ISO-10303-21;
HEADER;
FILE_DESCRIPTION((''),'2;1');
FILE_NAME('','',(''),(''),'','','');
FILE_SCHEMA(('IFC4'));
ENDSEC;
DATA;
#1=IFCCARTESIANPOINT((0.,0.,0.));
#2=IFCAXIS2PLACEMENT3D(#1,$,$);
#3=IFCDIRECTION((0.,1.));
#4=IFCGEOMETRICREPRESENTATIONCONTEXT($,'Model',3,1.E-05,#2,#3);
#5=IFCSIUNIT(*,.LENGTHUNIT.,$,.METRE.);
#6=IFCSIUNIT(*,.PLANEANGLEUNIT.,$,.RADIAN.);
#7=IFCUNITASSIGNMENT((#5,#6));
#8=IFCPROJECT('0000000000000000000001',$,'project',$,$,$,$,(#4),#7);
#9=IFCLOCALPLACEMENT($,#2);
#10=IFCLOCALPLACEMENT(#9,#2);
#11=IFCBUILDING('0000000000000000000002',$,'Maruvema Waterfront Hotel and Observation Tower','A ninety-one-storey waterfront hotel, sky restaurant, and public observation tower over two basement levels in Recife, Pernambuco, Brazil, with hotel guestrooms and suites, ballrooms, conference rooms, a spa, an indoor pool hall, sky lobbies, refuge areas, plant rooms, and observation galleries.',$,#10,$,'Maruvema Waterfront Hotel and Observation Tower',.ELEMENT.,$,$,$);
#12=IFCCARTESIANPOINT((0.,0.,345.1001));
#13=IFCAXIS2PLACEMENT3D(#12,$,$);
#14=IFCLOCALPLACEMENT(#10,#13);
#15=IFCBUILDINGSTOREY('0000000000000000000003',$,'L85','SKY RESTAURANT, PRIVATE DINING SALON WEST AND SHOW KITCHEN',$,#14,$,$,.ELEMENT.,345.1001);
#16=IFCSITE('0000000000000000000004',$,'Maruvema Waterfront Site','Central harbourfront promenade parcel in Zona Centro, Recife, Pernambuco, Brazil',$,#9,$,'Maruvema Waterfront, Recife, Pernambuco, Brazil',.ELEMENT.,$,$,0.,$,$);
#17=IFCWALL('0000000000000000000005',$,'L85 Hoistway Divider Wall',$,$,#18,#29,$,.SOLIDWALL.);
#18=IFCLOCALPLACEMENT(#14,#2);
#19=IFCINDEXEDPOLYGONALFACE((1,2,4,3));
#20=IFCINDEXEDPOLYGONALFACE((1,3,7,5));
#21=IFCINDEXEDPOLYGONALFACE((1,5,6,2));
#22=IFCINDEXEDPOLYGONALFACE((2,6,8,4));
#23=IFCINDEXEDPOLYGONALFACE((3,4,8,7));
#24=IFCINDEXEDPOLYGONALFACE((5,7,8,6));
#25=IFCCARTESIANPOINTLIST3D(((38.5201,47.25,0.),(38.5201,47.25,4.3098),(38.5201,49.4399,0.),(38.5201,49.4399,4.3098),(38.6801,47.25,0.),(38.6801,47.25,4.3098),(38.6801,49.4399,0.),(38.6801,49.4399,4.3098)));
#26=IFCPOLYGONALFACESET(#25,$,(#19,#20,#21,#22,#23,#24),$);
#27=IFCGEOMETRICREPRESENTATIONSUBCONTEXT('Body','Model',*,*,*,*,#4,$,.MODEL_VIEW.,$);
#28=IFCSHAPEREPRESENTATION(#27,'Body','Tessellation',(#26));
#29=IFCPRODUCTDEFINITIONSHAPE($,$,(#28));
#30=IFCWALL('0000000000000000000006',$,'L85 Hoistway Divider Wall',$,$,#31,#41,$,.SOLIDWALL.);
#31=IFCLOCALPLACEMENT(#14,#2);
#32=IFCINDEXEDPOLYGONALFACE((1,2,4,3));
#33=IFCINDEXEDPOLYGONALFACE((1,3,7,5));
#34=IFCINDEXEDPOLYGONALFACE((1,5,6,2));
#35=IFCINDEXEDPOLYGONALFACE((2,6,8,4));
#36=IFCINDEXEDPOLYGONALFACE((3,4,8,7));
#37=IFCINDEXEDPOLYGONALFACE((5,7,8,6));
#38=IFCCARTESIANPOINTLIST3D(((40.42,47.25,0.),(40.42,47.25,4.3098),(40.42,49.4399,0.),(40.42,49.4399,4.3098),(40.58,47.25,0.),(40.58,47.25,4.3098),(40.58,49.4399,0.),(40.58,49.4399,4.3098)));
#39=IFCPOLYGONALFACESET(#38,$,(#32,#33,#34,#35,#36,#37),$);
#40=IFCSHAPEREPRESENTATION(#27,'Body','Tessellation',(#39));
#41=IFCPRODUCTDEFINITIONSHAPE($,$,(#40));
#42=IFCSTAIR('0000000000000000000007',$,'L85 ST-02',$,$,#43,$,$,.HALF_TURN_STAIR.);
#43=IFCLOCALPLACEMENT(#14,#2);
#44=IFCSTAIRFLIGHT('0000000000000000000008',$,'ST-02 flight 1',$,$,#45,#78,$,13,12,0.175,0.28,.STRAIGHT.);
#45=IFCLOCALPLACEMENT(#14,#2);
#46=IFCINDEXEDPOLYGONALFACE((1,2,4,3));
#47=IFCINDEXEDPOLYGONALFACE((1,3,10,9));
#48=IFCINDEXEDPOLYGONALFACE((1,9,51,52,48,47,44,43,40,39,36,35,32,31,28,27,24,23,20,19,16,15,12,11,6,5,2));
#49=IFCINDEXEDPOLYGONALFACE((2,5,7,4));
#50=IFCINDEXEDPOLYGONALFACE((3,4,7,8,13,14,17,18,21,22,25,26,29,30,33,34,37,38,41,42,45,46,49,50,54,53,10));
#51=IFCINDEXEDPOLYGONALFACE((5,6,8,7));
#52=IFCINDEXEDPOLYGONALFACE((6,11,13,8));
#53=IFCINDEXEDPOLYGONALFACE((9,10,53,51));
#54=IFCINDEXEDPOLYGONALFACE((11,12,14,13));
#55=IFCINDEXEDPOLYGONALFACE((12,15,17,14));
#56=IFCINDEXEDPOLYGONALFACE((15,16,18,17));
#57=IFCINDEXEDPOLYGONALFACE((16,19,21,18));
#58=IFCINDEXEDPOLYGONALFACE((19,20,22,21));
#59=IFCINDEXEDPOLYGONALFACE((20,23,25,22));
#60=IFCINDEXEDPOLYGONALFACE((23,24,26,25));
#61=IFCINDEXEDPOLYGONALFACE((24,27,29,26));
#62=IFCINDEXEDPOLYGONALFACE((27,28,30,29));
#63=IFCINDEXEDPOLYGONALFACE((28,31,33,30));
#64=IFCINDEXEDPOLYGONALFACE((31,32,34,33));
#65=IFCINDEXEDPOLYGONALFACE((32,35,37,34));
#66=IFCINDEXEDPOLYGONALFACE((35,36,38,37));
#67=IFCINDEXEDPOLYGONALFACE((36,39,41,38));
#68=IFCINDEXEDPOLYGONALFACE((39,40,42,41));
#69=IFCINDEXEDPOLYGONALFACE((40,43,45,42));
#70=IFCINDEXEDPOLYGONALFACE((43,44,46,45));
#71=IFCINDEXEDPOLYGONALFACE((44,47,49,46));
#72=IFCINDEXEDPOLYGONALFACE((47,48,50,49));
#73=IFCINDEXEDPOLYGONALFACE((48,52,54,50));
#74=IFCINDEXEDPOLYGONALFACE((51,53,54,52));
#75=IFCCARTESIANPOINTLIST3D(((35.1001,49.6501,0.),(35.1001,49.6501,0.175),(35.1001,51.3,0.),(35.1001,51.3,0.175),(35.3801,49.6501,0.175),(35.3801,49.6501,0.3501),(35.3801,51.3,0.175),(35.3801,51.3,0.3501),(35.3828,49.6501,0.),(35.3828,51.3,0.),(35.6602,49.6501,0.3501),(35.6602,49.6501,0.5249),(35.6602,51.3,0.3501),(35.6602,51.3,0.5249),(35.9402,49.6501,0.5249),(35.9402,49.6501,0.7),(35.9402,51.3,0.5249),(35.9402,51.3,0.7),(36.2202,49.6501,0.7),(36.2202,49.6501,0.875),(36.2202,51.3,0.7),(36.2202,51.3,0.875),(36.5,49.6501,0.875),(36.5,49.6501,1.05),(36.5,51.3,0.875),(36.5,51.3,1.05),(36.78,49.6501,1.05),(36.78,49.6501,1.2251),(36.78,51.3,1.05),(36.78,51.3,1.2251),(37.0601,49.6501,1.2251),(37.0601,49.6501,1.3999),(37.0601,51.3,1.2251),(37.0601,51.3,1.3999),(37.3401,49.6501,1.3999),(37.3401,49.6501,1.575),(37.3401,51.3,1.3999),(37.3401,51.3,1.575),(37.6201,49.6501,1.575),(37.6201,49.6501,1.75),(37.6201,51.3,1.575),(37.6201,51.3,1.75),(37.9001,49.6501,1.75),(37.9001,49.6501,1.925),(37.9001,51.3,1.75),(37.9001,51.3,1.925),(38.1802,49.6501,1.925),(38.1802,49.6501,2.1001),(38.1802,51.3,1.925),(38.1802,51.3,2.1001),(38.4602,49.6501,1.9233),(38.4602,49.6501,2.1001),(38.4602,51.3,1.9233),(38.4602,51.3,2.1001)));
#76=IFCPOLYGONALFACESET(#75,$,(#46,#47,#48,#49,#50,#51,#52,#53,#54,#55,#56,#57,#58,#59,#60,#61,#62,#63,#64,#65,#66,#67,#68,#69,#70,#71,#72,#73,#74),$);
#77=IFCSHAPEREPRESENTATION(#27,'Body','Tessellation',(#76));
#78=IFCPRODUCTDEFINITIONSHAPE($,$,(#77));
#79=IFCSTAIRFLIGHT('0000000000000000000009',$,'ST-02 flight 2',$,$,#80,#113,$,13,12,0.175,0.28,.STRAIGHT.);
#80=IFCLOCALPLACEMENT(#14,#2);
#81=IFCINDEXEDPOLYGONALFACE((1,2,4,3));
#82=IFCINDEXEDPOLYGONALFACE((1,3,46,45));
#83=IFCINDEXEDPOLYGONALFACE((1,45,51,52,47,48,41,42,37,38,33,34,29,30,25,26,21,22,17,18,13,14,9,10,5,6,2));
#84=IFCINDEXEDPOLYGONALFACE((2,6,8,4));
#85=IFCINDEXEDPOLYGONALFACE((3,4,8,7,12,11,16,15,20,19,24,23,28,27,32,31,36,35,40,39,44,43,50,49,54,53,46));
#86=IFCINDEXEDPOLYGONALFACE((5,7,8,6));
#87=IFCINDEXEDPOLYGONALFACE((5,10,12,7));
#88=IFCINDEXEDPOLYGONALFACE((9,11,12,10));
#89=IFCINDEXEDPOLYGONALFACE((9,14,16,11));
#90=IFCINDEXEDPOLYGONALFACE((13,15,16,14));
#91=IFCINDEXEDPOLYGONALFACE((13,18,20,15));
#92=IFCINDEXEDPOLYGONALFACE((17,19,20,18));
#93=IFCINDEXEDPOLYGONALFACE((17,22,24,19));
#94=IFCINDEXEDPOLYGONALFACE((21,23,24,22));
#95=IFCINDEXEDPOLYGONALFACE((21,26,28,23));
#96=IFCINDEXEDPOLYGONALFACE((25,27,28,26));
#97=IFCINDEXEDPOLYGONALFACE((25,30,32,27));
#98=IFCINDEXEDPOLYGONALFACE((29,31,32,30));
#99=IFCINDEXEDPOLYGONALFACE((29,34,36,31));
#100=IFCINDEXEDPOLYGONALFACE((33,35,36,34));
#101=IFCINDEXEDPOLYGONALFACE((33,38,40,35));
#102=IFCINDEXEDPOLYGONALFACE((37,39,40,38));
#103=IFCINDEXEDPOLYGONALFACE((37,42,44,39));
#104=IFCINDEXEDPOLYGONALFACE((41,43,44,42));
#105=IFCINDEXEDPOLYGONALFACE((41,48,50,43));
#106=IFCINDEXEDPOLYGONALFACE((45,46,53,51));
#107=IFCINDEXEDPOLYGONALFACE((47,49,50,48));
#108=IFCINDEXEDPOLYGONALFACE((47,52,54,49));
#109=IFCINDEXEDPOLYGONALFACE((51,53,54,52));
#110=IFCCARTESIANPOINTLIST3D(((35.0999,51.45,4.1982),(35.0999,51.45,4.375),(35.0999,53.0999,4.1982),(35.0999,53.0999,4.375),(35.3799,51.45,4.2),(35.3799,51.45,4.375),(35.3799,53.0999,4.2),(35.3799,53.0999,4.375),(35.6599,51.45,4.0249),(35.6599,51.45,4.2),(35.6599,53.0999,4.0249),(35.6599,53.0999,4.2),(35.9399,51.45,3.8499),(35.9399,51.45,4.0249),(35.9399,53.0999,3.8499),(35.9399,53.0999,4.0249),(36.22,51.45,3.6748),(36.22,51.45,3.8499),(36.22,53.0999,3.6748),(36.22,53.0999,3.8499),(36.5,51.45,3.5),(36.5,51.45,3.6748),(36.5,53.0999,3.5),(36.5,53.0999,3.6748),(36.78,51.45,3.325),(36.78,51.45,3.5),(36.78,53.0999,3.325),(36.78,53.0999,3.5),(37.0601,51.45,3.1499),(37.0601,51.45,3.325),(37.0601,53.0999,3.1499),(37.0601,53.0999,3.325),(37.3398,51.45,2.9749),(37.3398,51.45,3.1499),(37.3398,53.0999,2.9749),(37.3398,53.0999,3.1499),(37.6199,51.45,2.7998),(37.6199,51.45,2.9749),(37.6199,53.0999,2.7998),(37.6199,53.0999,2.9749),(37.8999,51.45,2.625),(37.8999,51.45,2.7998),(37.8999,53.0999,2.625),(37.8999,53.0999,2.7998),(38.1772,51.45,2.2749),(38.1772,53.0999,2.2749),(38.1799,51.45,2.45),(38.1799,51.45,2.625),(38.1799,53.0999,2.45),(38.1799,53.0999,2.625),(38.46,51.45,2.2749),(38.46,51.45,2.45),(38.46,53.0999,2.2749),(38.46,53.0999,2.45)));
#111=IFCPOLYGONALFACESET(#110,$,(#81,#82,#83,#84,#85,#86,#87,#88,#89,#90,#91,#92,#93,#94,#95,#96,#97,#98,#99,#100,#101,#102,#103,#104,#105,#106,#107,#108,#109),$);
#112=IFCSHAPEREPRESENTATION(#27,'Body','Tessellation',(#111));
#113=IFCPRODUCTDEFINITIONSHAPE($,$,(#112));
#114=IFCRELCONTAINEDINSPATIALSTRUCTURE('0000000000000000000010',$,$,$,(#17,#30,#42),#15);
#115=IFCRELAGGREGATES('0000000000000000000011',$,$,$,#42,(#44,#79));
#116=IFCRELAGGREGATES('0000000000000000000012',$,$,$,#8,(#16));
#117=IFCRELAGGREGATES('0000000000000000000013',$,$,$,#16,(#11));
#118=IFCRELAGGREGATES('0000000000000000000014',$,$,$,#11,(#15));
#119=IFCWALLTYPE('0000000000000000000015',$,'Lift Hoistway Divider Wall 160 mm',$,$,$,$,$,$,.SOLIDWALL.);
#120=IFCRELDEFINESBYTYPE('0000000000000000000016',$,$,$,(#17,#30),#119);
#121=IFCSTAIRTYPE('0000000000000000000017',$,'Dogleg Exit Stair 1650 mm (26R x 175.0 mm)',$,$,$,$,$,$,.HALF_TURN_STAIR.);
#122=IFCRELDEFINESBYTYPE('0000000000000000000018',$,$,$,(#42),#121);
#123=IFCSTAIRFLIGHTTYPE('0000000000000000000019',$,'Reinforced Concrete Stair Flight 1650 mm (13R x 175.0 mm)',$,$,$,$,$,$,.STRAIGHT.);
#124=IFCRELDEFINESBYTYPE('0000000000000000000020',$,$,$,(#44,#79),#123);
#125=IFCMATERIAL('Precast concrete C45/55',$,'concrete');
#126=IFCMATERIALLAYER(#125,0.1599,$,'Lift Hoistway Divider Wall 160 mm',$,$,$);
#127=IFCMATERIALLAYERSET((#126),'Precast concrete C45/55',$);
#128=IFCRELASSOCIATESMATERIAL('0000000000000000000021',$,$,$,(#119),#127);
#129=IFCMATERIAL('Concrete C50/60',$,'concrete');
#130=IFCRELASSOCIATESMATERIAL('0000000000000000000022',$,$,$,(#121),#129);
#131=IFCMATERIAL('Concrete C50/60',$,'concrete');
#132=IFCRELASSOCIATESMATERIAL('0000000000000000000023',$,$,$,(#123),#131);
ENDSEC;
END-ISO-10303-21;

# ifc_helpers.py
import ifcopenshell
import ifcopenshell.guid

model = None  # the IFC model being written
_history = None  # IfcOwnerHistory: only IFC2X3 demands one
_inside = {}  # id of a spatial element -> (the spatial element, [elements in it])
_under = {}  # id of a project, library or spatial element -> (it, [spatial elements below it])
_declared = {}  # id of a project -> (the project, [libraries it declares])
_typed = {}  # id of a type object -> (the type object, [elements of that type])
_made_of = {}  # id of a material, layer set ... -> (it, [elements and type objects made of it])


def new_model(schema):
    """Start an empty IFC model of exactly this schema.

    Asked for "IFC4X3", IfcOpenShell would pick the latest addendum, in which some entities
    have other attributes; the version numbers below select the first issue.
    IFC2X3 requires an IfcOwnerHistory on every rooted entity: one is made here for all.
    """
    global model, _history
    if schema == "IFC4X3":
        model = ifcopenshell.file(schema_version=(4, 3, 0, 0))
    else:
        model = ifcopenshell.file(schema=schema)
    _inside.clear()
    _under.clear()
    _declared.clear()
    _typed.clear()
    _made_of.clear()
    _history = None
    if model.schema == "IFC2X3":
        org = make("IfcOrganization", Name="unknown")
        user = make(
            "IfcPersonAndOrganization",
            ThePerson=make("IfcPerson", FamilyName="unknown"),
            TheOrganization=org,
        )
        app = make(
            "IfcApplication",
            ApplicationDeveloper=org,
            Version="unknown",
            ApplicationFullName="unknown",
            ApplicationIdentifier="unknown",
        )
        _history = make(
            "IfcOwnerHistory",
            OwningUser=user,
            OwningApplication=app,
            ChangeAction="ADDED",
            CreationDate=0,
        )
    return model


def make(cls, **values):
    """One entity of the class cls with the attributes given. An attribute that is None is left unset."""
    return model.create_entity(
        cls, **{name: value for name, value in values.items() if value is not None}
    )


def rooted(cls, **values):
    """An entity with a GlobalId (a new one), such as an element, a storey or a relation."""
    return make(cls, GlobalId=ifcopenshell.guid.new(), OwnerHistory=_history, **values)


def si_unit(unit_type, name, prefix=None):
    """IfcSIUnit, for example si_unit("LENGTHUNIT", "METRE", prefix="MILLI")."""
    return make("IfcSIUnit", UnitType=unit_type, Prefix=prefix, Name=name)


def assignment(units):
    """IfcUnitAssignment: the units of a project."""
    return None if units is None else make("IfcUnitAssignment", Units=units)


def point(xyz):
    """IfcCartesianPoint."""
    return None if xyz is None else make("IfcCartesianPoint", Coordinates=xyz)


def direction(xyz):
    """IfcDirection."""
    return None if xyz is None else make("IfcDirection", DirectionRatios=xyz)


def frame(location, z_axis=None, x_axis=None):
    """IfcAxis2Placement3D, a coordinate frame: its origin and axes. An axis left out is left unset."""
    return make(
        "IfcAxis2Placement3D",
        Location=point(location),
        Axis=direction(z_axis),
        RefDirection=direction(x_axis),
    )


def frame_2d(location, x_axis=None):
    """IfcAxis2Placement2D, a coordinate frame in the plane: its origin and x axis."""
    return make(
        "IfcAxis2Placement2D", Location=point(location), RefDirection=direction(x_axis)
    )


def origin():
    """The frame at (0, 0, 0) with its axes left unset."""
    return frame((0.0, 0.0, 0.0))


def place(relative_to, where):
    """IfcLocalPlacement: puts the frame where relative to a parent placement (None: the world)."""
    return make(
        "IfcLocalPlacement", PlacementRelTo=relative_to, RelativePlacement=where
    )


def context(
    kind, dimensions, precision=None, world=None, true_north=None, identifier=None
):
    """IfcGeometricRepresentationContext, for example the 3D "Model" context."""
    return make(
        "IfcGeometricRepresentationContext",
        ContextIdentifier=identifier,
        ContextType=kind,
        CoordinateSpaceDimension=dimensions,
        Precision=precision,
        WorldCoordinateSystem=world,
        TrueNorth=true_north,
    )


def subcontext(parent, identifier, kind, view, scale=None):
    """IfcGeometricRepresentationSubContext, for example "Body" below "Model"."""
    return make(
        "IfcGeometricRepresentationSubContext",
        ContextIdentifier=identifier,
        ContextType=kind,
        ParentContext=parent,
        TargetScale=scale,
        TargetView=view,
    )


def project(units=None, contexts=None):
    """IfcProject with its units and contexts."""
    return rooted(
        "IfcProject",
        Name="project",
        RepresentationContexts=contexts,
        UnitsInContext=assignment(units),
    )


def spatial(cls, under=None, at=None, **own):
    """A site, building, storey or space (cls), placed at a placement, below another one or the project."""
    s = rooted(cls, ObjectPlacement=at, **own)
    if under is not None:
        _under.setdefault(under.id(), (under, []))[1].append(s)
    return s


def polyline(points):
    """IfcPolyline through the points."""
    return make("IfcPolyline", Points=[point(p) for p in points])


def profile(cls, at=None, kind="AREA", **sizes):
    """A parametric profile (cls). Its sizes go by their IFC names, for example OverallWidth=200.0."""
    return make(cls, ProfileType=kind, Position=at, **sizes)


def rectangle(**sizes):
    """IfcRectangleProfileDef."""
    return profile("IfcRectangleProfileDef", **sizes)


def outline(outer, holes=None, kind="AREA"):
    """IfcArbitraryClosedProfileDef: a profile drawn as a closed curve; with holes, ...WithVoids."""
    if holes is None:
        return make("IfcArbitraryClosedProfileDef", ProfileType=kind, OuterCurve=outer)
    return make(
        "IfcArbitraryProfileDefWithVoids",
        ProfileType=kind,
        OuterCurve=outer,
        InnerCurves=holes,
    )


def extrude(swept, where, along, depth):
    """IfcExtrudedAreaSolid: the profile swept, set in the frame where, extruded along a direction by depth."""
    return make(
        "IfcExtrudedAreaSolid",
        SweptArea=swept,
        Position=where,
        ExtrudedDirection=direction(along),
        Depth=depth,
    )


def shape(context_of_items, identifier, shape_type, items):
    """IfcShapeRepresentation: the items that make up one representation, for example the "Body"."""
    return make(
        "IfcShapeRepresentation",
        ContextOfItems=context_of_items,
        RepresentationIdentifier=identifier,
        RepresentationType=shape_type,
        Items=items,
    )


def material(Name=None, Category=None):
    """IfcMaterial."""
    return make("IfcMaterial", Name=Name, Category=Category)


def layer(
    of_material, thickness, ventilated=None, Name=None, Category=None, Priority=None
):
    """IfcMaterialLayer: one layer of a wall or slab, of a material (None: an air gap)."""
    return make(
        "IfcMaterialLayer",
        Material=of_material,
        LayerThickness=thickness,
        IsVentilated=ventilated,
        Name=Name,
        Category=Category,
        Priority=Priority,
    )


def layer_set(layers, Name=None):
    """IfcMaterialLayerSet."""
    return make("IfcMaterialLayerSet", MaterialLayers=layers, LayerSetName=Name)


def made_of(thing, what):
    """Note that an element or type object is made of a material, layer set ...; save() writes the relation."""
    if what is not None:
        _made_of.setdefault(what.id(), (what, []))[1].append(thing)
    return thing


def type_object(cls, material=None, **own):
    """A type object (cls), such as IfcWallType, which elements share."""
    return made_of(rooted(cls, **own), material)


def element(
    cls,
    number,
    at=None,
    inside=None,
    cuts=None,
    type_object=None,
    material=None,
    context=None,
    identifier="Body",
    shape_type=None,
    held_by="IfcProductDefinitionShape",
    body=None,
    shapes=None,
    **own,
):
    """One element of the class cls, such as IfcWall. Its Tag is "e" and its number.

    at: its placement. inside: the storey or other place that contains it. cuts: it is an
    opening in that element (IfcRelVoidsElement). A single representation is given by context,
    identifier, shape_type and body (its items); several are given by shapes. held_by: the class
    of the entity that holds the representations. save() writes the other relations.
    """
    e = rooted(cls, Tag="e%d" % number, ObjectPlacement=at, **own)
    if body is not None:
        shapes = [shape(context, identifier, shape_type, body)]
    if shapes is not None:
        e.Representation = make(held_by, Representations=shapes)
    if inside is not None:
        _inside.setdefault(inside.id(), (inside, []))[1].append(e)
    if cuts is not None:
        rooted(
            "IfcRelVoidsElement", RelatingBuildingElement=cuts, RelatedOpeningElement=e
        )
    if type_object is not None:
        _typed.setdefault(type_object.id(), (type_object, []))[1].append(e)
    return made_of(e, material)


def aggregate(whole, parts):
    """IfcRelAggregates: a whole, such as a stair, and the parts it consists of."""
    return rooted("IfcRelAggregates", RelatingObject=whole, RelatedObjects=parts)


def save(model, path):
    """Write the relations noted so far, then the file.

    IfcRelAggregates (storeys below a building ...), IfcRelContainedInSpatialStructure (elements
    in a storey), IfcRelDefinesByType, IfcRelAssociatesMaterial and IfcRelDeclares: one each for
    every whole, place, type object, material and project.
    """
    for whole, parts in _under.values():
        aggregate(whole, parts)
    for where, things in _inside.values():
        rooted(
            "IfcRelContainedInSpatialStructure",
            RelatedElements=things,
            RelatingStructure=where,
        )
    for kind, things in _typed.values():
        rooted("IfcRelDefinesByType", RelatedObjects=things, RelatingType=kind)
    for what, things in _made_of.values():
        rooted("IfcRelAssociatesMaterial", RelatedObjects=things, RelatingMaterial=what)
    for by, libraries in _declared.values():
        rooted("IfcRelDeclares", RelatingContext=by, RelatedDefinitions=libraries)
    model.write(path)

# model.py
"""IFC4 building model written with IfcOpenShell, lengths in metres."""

from ifc_helpers import new_model, si_unit, direction, frame, frame_2d, origin, place, context, subcontext, project, spatial, polyline, rectangle, outline, extrude, material, layer, layer_set, type_object, element, aggregate, save


model = new_model("IFC4")

# Units and contexts
model_context = context("Model", 3, precision=1e-05, world=origin(), true_north=direction((0.0, 1.0)))
body_context = subcontext(model_context, "Body", "Model", "MODEL_VIEW")
ifc_project = project(units=[si_unit("LENGTHUNIT", "METRE"), si_unit("PLANEANGLEUNIT", "RADIAN")], contexts=[model_context])

# Site, building, storey
site_placement = place(None, origin())
site = spatial("IfcSite", under=ifc_project, at=site_placement, Name="Maruvema Waterfront Site", Description="Central harbourfront promenade parcel in Zona Centro, Recife, Pernambuco, Brazil", LongName="Maruvema Waterfront, Recife, Pernambuco, Brazil", CompositionType="ELEMENT", RefElevation=0.0)
building_placement = place(site_placement, origin())
building = spatial("IfcBuilding", under=site, at=building_placement, Name="Maruvema Waterfront Hotel and Observation Tower", Description="A ninety-one-storey waterfront hotel, sky restaurant, and public observation tower over two basement levels in Recife, Pernambuco, Brazil, with hotel guestrooms and suites, ballrooms, conference rooms, a spa, an indoor pool hall, sky lobbies, refuge areas, plant rooms, and observation galleries.", LongName="Maruvema Waterfront Hotel and Observation Tower", CompositionType="ELEMENT")
storey_placement = place(building_placement, frame((0.0, 0.0, 345.1001)))
storey = spatial("IfcBuildingStorey", under=building, at=storey_placement, Name="L85", Description="SKY RESTAURANT, PRIVATE DINING SALON WEST AND SHOW KITCHEN", CompositionType="ELEMENT", Elevation=345.1001)

# Walls
ifc_material_1 = material(Name="Precast concrete C45/55", Category="concrete")
ifc_layer_1 = layer(ifc_material_1, 0.1599, Name="Lift Hoistway Divider Wall 160 mm")
ifc_layer_set_1 = layer_set([ifc_layer_1], Name="Precast concrete C45/55")
wall_type_1 = type_object("IfcWallType", Name="Lift Hoistway Divider Wall 160 mm", PredefinedType="SOLIDWALL", material=ifc_layer_set_1)
for number, where, z_axis, x_axis, name in (
    (1, (38.6001, 47.25, 0.0), (0.0, 0.0, 1.0), (0.0, 1.0, 0.0), "L85 Hoistway Divider Wall"),
    (2, (40.5, 47.25, 0.0), (0.0, 0.0, 1.0), (0.0, 1.0, 0.0), "L85 Hoistway Divider Wall"),
):
    element("IfcWall", number, at=place(storey_placement, frame(where, z_axis=z_axis, x_axis=x_axis)), inside=storey, type_object=wall_type_1, Name=name, PredefinedType="SOLIDWALL", context=body_context, shape_type="SweptSolid", body=[
        extrude(rectangle(XDim=2.1899, YDim=0.1599, at=frame_2d((1.095, 0.0))), origin(), (0.0, 0.0, 1.0), 4.3098),
    ])

# Stair, stair flights
ifc_material_2 = material(Name="Concrete C50/60", Category="concrete")
stair_type = type_object("IfcStairType", Name="Dogleg Exit Stair 1650 mm (26R x 175.0 mm)", PredefinedType="HALF_TURN_STAIR", material=ifc_material_2)
stair_placement = place(storey_placement, origin())
stair = element("IfcStair", 3, at=stair_placement, inside=storey, type_object=stair_type, Name="L85 ST-02", PredefinedType="HALF_TURN_STAIR")
ifc_material_3 = material(Name="Concrete C50/60", Category="concrete")
stair_flight_type = type_object("IfcStairFlightType", Name="Reinforced Concrete Stair Flight 1650 mm (13R x 175.0 mm)", PredefinedType="STRAIGHT", material=ifc_material_3)
stair_flight_1_placement = place(storey_placement, frame((35.1001, 50.4751, 0.0), z_axis=(0.0, 0.0, 1.0), x_axis=(1.0, 0.0, 0.0)))
stair_flight_1 = element("IfcStairFlight", 4, at=stair_flight_1_placement, type_object=stair_flight_type, Name="ST-02 flight 1", NumberOfRisers=13, NumberOfTreads=12, PredefinedType="STRAIGHT", RiserHeight=0.175, TreadLength=0.28, context=body_context, shape_type="SweptSolid", body=[
    extrude(outline(polyline([(0.0, 0.0), (0.0, 0.175), (0.28, 0.175), (0.28, 0.3501), (0.5601, 0.3501), (0.5601, 0.5249), (0.8401, 0.5249), (0.8401, 0.7), (1.1201, 0.7), (1.1201, 0.875), (1.3999, 0.875), (1.3999, 1.05), (1.6799, 1.05), (1.6799, 1.2251), (1.96, 1.2251), (1.96, 1.3999), (2.24, 1.3999), (2.24, 1.575), (2.52, 1.575), (2.52, 1.75), (2.8, 1.75), (2.8, 1.925), (3.0801, 1.925), (3.0801, 2.1001), (3.3601, 2.1001), (3.3601, 2.2749), (3.3601, 1.9233), (0.2827, 0.0), (0.0, 0.0)])), frame((0.0, 0.825, 0.0), z_axis=(0.0, -1.0, 0.0), x_axis=(1.0, 0.0, 0.0)), (0.0, 0.0, 1.0), 1.6499),
])
stair_flight_2_placement = place(storey_placement, frame((38.46, 52.2749, 2.2749), z_axis=(0.0, 0.0, 1.0), x_axis=(-1.0, 0.0, 0.0)))
stair_flight_2 = element("IfcStairFlight", 5, at=stair_flight_2_placement, type_object=stair_flight_type, Name="ST-02 flight 2", NumberOfRisers=13, NumberOfTreads=12, PredefinedType="STRAIGHT", RiserHeight=0.175, TreadLength=0.28, context=body_context, shape_type="SweptSolid", body=[
    extrude(outline(polyline([(0.0, 0.0), (0.0, 0.175), (0.28, 0.175), (0.28, 0.3501), (0.5601, 0.3501), (0.5601, 0.5249), (0.8401, 0.5249), (0.8401, 0.7), (1.1201, 0.7), (1.1201, 0.875), (1.3999, 0.875), (1.3999, 1.05), (1.6799, 1.05), (1.6799, 1.2251), (1.96, 1.2251), (1.96, 1.3999), (2.24, 1.3999), (2.24, 1.575), (2.52, 1.575), (2.52, 1.75), (2.8, 1.75), (2.8, 1.925), (3.0801, 1.925), (3.0801, 2.1001), (3.3601, 2.1001), (3.3601, 2.2749), (3.3601, 1.9233), (0.2827, 0.0), (0.0, 0.0)])), frame((0.0, 0.825, 0.0), z_axis=(0.0, -1.0, 0.0), x_axis=(1.0, 0.0, 0.0)), (0.0, 0.0, 1.0), 1.6499),
])
aggregate(stair, [stair_flight_1, stair_flight_2])

save(model, "model.ifc")
